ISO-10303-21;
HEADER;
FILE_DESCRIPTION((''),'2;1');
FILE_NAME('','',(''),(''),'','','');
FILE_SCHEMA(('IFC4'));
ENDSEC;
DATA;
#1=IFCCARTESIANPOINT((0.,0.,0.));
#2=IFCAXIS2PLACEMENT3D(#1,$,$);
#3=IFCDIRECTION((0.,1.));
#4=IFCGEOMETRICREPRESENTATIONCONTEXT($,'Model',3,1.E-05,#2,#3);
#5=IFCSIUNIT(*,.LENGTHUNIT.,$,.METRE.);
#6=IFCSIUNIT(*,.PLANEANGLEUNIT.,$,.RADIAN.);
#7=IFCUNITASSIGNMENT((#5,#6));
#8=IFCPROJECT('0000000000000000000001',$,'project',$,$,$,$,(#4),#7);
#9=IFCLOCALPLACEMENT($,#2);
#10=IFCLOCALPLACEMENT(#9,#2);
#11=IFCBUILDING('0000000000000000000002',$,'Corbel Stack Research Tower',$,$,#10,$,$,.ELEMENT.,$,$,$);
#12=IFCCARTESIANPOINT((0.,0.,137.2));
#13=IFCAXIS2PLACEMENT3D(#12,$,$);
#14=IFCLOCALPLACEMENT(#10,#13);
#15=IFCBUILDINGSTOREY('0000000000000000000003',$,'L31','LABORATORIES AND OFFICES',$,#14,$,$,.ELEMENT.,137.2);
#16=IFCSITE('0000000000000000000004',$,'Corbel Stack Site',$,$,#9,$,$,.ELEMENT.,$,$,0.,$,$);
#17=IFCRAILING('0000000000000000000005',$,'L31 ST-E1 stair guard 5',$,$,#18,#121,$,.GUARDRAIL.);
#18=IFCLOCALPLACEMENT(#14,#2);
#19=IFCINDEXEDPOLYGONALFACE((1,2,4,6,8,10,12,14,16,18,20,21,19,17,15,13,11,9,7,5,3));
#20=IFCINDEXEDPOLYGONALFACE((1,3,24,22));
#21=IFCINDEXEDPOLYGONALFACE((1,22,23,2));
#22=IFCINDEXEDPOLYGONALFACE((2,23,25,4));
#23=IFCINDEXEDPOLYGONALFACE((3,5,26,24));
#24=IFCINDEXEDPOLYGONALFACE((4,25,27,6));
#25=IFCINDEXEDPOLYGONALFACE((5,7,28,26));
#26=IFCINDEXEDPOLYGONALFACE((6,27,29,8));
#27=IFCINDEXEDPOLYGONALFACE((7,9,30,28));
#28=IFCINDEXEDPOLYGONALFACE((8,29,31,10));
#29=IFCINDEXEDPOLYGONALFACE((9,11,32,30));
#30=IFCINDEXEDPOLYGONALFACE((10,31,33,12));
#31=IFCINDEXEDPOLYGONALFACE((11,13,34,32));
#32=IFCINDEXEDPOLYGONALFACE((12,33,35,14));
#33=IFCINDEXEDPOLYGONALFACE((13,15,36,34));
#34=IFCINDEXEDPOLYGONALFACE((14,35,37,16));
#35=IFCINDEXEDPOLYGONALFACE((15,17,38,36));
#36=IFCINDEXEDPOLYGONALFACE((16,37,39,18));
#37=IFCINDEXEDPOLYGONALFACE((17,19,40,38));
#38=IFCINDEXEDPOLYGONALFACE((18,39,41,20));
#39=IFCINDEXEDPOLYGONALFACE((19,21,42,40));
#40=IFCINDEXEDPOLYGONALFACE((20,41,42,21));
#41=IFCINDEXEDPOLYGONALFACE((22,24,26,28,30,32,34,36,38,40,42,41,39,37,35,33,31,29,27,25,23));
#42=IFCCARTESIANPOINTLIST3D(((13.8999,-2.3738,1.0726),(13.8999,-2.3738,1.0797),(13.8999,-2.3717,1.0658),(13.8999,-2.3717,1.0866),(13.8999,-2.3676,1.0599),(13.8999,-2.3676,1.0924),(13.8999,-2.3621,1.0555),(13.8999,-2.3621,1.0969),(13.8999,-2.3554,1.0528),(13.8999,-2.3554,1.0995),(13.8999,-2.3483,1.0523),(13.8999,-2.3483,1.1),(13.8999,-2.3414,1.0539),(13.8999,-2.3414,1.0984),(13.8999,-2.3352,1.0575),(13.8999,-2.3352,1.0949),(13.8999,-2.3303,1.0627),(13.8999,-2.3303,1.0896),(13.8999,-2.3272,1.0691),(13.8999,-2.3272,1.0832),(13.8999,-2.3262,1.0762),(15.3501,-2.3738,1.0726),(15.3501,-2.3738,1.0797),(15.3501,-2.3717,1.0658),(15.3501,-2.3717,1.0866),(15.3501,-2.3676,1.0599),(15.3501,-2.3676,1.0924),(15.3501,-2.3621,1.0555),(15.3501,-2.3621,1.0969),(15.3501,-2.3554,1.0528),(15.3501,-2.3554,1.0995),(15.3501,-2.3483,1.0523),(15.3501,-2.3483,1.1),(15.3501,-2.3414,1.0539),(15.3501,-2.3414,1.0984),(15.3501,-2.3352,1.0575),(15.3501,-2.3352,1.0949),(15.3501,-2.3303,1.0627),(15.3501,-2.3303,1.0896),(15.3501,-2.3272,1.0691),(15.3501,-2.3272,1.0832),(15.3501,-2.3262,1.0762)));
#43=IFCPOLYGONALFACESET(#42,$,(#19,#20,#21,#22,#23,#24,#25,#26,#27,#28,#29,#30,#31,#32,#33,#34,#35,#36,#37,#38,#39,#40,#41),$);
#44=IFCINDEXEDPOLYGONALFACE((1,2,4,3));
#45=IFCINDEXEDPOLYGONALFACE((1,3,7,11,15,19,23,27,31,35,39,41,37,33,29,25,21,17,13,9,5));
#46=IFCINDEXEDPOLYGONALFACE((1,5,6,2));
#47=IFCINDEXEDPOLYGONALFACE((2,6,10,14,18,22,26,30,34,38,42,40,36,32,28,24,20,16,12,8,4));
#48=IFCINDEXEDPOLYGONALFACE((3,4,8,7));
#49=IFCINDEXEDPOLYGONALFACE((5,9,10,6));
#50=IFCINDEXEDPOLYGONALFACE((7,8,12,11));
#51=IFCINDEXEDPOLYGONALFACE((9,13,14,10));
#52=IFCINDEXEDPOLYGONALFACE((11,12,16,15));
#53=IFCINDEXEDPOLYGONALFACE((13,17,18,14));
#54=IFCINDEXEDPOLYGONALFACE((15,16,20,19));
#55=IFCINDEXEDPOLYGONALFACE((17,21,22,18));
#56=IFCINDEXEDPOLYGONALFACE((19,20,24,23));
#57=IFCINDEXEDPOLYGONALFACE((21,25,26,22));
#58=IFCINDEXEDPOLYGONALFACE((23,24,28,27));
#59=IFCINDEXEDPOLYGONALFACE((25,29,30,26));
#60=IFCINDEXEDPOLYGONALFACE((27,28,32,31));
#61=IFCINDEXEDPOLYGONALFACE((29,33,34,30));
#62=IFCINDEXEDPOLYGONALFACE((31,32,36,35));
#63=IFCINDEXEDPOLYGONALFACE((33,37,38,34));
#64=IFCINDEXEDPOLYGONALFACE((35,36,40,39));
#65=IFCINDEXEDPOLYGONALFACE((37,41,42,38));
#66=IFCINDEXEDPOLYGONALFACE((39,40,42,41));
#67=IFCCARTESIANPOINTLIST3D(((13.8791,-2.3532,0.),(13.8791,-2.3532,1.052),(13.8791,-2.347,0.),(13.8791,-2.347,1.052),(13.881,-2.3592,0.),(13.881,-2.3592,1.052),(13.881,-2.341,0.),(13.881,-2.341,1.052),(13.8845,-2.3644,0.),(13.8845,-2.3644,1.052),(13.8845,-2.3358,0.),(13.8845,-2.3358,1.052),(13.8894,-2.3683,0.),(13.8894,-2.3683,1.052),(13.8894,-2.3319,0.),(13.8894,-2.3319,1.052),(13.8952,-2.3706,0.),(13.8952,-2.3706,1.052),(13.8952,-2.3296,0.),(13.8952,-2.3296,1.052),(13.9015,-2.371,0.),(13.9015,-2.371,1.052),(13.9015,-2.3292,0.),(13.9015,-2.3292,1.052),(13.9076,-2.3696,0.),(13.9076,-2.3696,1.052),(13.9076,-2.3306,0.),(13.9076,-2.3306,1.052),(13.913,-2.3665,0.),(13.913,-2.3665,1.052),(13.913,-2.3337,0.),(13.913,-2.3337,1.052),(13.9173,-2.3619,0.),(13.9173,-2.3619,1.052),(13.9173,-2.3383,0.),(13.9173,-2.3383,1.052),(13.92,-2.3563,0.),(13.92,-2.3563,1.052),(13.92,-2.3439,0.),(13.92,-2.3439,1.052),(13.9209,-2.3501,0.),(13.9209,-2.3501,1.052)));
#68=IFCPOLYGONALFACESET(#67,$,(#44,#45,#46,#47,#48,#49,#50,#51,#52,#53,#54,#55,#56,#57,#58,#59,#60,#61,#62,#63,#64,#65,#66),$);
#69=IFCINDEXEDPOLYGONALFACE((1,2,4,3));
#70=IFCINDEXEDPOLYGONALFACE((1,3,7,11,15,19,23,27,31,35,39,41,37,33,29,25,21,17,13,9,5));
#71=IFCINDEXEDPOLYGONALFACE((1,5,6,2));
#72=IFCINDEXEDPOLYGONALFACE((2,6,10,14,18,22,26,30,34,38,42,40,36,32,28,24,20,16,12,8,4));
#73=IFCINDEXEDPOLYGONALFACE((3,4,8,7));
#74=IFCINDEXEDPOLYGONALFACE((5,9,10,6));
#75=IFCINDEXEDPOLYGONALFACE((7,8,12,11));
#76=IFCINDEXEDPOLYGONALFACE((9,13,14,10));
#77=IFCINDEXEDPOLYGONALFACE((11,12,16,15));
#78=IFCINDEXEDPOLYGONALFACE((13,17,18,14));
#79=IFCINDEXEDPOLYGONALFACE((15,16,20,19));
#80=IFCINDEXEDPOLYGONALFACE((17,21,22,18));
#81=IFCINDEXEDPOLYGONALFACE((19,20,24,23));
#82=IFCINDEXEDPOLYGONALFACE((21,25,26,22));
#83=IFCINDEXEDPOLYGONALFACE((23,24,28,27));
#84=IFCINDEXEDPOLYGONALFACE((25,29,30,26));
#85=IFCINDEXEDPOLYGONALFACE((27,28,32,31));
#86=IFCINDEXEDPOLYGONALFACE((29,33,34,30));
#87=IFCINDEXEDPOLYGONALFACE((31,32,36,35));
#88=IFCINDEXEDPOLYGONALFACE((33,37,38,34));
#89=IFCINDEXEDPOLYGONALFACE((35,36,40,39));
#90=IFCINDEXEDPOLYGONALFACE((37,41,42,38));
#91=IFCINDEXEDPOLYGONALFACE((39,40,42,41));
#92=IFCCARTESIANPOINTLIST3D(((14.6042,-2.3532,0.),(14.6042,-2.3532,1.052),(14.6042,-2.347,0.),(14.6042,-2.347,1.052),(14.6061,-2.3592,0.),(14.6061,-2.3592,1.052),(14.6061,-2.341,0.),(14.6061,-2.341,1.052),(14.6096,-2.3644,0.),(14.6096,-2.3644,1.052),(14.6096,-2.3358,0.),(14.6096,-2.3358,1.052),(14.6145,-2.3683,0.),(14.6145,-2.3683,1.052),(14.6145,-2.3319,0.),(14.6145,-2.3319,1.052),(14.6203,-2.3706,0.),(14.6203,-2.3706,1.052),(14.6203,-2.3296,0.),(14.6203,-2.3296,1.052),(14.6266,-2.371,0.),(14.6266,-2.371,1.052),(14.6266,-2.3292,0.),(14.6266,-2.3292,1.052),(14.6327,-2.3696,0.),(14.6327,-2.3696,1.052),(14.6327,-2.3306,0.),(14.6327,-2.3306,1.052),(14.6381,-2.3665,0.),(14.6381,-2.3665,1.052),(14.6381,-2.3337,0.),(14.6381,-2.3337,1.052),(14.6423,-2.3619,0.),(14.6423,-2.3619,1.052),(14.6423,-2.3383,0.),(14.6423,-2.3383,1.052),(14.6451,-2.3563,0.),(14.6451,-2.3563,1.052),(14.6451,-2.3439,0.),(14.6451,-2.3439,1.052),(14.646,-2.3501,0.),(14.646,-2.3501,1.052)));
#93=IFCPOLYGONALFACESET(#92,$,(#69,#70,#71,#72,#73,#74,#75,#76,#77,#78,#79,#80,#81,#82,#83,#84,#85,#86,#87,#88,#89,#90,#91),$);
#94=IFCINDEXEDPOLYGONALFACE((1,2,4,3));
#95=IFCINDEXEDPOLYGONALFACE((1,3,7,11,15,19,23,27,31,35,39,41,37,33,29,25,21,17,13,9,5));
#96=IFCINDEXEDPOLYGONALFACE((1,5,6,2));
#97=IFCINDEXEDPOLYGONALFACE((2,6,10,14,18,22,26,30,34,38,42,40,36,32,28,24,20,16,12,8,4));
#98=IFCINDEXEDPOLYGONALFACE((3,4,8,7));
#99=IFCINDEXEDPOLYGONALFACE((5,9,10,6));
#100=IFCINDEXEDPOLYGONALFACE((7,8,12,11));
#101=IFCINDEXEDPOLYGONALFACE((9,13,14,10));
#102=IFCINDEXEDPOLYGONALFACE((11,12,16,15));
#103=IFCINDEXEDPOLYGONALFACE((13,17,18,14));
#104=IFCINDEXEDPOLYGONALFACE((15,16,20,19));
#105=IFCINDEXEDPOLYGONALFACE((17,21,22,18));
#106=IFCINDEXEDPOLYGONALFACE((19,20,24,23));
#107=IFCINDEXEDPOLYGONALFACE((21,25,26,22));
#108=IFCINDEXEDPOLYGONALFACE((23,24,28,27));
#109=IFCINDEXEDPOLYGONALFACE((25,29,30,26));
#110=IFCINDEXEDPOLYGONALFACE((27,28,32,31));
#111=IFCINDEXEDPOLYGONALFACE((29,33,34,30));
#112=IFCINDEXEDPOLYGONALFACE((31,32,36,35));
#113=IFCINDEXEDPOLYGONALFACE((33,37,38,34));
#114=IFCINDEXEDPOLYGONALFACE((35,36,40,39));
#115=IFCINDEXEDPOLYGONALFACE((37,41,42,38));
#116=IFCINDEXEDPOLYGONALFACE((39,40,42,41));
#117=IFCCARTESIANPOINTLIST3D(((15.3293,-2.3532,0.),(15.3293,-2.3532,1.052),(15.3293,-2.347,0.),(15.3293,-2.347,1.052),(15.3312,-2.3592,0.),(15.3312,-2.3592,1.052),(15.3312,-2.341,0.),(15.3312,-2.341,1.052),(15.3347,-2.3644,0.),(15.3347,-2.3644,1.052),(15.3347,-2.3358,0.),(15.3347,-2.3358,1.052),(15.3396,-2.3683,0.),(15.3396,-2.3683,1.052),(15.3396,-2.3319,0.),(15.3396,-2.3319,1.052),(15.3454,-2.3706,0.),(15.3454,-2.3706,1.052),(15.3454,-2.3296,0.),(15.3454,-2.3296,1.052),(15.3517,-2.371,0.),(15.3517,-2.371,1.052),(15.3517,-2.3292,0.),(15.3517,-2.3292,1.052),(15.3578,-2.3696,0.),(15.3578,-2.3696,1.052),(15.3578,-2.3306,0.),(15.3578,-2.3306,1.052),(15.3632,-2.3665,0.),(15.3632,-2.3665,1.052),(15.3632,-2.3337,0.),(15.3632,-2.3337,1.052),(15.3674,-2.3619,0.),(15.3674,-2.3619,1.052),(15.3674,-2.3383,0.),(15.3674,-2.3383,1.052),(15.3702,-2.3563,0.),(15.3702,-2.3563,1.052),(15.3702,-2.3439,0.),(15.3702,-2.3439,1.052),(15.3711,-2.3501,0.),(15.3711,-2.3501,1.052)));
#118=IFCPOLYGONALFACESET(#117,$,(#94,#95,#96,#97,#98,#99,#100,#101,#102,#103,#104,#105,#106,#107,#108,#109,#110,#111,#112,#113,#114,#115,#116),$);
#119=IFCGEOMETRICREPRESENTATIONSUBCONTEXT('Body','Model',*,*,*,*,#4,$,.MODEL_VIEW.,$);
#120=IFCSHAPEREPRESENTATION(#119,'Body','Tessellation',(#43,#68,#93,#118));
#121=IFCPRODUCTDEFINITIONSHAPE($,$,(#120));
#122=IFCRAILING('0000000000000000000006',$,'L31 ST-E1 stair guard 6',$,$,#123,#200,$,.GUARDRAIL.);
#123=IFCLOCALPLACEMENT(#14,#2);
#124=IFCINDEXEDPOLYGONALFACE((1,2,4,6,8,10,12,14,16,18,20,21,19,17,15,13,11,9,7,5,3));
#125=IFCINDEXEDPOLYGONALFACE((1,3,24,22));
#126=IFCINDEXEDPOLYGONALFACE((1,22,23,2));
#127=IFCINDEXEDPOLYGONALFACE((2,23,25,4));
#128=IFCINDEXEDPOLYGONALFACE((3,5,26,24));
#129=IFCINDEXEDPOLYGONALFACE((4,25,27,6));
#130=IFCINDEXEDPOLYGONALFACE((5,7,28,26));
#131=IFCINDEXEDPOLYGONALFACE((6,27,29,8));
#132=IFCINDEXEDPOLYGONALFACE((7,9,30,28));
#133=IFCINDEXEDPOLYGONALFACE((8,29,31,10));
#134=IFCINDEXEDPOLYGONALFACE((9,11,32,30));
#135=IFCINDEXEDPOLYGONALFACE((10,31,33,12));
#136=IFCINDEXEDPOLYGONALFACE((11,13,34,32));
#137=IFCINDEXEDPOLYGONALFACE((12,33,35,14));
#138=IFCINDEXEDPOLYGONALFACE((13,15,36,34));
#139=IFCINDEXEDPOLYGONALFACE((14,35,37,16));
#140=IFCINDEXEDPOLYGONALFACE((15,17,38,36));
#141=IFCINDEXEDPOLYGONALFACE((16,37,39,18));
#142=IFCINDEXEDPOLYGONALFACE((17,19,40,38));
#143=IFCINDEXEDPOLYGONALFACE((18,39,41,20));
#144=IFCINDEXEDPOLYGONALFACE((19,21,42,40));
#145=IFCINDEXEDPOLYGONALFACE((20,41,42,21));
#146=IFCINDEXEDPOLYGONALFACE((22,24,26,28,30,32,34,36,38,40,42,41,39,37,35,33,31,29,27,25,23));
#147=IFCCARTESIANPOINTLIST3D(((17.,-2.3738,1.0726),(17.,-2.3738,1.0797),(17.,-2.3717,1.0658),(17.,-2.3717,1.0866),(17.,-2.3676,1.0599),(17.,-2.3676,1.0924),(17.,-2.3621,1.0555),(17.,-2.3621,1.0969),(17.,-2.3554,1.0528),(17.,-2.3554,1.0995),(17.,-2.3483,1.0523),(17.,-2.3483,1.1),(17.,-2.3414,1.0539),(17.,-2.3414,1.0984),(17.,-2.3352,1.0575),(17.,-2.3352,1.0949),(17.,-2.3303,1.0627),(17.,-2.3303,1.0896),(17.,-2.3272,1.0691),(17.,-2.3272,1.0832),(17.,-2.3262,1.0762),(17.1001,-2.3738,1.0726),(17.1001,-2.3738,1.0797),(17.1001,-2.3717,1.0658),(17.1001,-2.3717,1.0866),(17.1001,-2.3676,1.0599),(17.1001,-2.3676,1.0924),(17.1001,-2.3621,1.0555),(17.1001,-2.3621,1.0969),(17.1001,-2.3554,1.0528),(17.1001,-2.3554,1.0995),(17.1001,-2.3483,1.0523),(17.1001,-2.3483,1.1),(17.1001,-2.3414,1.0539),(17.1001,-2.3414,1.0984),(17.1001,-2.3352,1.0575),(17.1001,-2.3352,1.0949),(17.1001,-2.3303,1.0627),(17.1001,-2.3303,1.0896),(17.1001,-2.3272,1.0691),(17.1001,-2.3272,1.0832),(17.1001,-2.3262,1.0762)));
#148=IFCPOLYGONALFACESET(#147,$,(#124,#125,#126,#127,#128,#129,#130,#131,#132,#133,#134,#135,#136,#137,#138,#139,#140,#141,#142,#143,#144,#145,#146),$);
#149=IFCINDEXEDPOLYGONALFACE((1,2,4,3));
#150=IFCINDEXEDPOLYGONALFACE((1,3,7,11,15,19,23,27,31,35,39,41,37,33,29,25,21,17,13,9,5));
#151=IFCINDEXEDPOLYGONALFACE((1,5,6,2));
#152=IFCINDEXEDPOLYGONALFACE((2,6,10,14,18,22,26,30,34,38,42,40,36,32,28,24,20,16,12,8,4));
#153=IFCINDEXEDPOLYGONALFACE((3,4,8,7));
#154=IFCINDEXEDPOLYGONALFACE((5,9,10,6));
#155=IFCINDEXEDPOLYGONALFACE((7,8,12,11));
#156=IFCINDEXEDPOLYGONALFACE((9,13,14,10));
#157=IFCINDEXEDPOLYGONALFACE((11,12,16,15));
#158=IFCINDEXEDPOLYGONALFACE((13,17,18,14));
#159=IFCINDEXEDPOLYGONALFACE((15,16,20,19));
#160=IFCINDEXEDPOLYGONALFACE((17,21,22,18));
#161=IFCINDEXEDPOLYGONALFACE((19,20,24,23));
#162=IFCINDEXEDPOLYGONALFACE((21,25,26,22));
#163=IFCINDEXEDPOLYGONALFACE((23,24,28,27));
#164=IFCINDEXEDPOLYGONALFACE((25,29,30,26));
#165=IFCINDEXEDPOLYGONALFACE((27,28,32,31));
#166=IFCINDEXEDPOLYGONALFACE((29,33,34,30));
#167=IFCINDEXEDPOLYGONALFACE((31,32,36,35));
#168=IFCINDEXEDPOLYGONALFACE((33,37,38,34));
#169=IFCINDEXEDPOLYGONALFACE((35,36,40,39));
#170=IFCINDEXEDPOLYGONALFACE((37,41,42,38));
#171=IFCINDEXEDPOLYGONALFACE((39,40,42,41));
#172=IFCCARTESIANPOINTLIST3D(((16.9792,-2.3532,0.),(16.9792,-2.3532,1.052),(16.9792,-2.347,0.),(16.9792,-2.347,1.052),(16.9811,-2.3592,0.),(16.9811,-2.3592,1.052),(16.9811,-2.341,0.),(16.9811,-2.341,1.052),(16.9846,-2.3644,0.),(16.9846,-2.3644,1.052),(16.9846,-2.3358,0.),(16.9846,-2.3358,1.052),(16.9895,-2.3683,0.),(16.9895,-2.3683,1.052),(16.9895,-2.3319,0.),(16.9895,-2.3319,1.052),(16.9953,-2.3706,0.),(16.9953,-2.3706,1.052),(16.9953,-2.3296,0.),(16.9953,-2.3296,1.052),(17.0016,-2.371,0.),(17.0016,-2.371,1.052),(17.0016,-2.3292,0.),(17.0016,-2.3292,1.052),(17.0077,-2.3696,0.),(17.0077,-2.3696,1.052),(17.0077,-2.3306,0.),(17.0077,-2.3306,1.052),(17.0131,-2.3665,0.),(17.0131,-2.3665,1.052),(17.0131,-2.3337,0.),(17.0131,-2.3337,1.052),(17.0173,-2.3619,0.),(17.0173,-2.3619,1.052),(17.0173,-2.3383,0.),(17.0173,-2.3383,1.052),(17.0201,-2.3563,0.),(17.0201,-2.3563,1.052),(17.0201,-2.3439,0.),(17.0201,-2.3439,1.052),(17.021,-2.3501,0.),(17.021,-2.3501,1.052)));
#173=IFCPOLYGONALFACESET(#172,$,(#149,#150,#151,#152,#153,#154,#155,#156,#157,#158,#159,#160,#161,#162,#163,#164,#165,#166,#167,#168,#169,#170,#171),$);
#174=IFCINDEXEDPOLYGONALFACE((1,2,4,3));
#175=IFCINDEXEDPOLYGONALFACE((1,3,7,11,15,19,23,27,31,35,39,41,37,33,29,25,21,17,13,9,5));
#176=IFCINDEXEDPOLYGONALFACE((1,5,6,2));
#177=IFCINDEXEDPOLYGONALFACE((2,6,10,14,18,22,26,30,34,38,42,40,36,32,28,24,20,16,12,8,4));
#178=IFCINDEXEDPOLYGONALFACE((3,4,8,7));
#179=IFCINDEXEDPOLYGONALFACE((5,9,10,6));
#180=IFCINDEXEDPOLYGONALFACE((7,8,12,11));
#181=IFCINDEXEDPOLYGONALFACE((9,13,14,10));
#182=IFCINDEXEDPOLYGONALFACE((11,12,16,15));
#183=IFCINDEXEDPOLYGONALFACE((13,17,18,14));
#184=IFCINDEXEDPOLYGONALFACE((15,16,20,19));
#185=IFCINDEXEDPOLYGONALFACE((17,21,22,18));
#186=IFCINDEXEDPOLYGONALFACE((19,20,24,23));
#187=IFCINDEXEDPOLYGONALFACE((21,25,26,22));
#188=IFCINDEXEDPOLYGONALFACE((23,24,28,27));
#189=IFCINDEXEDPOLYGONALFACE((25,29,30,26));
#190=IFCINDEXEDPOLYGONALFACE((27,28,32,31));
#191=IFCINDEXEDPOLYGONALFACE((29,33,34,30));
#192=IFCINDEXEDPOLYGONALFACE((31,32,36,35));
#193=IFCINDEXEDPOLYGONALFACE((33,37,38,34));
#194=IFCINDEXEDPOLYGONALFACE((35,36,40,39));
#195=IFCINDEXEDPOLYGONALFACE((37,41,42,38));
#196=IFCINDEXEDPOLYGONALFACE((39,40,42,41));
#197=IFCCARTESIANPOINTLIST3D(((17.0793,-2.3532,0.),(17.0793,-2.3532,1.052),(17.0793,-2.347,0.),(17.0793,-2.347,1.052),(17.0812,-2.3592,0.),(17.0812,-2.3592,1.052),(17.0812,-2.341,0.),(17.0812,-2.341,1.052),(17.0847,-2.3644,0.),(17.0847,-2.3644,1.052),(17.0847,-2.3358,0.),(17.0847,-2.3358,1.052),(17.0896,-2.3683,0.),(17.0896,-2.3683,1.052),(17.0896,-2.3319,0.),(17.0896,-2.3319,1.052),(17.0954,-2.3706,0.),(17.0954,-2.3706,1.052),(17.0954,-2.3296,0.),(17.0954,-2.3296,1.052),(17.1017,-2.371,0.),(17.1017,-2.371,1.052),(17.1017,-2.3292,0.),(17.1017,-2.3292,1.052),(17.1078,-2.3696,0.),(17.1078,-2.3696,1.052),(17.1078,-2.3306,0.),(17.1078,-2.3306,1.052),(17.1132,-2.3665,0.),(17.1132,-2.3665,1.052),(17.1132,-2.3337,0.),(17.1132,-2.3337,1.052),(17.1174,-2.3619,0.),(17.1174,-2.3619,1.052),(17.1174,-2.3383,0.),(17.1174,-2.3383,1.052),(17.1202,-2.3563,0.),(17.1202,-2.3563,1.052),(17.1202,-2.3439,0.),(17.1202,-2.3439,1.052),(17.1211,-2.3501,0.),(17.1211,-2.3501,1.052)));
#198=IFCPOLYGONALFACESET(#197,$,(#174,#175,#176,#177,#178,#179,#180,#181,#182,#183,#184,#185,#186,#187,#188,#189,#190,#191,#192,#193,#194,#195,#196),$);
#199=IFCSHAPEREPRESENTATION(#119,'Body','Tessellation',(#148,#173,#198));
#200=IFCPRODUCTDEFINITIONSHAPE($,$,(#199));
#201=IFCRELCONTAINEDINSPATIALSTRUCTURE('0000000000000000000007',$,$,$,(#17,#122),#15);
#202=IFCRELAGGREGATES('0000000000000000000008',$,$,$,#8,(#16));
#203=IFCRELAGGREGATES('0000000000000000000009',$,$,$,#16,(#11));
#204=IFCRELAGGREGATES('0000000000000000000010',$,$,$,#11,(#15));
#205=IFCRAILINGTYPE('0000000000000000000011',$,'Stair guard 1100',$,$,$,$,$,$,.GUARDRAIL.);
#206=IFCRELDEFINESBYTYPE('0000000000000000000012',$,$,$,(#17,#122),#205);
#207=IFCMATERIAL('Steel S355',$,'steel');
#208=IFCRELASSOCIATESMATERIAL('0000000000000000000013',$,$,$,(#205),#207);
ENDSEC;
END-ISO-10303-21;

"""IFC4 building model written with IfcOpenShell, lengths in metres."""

from ifc_helpers import new_model, si_unit, direction, frame, origin, origin_2d, place, context, subcontext, project, spatial, circle, extrude, material, type_object, element, save


model = new_model("IFC4")

# Units and contexts
model_context = context("Model", 3, precision=1e-05, world=origin(), true_north=direction((0.0, 1.0)))
body_context = subcontext(model_context, "Body", "Model", "MODEL_VIEW")
ifc_project = project(units=[si_unit("LENGTHUNIT", "METRE"), si_unit("PLANEANGLEUNIT", "RADIAN")], contexts=[model_context])

# Site, building, storey
site_placement = place(None, origin())
site = spatial("IfcSite", under=ifc_project, at=site_placement, Name="Corbel Stack Site", CompositionType="ELEMENT", RefElevation=0.0)
building_placement = place(site_placement, origin())
building = spatial("IfcBuilding", under=site, at=building_placement, Name="Corbel Stack Research Tower", CompositionType="ELEMENT")
storey_placement = place(building_placement, frame((0.0, 0.0, 137.2)))
storey = spatial("IfcBuildingStorey", under=building, at=storey_placement, Name="L31", Description="LABORATORIES AND OFFICES", CompositionType="ELEMENT", Elevation=137.2)

# Railings
ifc_material_1 = material(Name="Steel S355", Category="steel")
railing_type_1 = type_object("IfcRailingType", Name="Stair guard 1100", PredefinedType="GUARDRAIL", material=ifc_material_1)
railing_1_placement = place(storey_placement, frame((13.8999, -2.3501, 0.0)))
element("IfcRailing", 1, at=railing_1_placement, inside=storey, type_object=railing_type_1, Name="L31 ST-E1 stair guard 5", PredefinedType="GUARDRAIL", context=body_context, shape_type="SweptSolid", body=[
    extrude(circle(Radius=0.0239, at=origin_2d()), frame((0.0, 0.0, 1.0762), z_axis=(1.0, 0.0, 0.0), x_axis=(0.0, 1.0, 0.0)), (0.0, 0.0, 1.0), 1.4502),
    extrude(circle(Radius=0.021, at=origin_2d()), origin(), (0.0, 0.0, 1.0), 1.052),
    extrude(circle(Radius=0.021, at=origin_2d()), frame((0.7251, 0.0, 0.0)), (0.0, 0.0, 1.0), 1.052),
    extrude(circle(Radius=0.021, at=origin_2d()), frame((1.4502, 0.0, 0.0)), (0.0, 0.0, 1.0), 1.052),
])
railing_2_placement = place(storey_placement, frame((17.0, -2.3501, 0.0)))
element("IfcRailing", 2, at=railing_2_placement, inside=storey, type_object=railing_type_1, Name="L31 ST-E1 stair guard 6", PredefinedType="GUARDRAIL", context=body_context, shape_type="SweptSolid", body=[
    extrude(circle(Radius=0.0239, at=origin_2d()), frame((0.0, 0.0, 1.0762), z_axis=(1.0, 0.0, 0.0), x_axis=(0.0, 1.0, 0.0)), (0.0, 0.0, 1.0), 0.1001),
    extrude(circle(Radius=0.021, at=origin_2d()), origin(), (0.0, 0.0, 1.0), 1.052),
    extrude(circle(Radius=0.021, at=origin_2d()), frame((0.1001, 0.0, 0.0)), (0.0, 0.0, 1.0), 1.052),
])

save(model, "model.ifc")
